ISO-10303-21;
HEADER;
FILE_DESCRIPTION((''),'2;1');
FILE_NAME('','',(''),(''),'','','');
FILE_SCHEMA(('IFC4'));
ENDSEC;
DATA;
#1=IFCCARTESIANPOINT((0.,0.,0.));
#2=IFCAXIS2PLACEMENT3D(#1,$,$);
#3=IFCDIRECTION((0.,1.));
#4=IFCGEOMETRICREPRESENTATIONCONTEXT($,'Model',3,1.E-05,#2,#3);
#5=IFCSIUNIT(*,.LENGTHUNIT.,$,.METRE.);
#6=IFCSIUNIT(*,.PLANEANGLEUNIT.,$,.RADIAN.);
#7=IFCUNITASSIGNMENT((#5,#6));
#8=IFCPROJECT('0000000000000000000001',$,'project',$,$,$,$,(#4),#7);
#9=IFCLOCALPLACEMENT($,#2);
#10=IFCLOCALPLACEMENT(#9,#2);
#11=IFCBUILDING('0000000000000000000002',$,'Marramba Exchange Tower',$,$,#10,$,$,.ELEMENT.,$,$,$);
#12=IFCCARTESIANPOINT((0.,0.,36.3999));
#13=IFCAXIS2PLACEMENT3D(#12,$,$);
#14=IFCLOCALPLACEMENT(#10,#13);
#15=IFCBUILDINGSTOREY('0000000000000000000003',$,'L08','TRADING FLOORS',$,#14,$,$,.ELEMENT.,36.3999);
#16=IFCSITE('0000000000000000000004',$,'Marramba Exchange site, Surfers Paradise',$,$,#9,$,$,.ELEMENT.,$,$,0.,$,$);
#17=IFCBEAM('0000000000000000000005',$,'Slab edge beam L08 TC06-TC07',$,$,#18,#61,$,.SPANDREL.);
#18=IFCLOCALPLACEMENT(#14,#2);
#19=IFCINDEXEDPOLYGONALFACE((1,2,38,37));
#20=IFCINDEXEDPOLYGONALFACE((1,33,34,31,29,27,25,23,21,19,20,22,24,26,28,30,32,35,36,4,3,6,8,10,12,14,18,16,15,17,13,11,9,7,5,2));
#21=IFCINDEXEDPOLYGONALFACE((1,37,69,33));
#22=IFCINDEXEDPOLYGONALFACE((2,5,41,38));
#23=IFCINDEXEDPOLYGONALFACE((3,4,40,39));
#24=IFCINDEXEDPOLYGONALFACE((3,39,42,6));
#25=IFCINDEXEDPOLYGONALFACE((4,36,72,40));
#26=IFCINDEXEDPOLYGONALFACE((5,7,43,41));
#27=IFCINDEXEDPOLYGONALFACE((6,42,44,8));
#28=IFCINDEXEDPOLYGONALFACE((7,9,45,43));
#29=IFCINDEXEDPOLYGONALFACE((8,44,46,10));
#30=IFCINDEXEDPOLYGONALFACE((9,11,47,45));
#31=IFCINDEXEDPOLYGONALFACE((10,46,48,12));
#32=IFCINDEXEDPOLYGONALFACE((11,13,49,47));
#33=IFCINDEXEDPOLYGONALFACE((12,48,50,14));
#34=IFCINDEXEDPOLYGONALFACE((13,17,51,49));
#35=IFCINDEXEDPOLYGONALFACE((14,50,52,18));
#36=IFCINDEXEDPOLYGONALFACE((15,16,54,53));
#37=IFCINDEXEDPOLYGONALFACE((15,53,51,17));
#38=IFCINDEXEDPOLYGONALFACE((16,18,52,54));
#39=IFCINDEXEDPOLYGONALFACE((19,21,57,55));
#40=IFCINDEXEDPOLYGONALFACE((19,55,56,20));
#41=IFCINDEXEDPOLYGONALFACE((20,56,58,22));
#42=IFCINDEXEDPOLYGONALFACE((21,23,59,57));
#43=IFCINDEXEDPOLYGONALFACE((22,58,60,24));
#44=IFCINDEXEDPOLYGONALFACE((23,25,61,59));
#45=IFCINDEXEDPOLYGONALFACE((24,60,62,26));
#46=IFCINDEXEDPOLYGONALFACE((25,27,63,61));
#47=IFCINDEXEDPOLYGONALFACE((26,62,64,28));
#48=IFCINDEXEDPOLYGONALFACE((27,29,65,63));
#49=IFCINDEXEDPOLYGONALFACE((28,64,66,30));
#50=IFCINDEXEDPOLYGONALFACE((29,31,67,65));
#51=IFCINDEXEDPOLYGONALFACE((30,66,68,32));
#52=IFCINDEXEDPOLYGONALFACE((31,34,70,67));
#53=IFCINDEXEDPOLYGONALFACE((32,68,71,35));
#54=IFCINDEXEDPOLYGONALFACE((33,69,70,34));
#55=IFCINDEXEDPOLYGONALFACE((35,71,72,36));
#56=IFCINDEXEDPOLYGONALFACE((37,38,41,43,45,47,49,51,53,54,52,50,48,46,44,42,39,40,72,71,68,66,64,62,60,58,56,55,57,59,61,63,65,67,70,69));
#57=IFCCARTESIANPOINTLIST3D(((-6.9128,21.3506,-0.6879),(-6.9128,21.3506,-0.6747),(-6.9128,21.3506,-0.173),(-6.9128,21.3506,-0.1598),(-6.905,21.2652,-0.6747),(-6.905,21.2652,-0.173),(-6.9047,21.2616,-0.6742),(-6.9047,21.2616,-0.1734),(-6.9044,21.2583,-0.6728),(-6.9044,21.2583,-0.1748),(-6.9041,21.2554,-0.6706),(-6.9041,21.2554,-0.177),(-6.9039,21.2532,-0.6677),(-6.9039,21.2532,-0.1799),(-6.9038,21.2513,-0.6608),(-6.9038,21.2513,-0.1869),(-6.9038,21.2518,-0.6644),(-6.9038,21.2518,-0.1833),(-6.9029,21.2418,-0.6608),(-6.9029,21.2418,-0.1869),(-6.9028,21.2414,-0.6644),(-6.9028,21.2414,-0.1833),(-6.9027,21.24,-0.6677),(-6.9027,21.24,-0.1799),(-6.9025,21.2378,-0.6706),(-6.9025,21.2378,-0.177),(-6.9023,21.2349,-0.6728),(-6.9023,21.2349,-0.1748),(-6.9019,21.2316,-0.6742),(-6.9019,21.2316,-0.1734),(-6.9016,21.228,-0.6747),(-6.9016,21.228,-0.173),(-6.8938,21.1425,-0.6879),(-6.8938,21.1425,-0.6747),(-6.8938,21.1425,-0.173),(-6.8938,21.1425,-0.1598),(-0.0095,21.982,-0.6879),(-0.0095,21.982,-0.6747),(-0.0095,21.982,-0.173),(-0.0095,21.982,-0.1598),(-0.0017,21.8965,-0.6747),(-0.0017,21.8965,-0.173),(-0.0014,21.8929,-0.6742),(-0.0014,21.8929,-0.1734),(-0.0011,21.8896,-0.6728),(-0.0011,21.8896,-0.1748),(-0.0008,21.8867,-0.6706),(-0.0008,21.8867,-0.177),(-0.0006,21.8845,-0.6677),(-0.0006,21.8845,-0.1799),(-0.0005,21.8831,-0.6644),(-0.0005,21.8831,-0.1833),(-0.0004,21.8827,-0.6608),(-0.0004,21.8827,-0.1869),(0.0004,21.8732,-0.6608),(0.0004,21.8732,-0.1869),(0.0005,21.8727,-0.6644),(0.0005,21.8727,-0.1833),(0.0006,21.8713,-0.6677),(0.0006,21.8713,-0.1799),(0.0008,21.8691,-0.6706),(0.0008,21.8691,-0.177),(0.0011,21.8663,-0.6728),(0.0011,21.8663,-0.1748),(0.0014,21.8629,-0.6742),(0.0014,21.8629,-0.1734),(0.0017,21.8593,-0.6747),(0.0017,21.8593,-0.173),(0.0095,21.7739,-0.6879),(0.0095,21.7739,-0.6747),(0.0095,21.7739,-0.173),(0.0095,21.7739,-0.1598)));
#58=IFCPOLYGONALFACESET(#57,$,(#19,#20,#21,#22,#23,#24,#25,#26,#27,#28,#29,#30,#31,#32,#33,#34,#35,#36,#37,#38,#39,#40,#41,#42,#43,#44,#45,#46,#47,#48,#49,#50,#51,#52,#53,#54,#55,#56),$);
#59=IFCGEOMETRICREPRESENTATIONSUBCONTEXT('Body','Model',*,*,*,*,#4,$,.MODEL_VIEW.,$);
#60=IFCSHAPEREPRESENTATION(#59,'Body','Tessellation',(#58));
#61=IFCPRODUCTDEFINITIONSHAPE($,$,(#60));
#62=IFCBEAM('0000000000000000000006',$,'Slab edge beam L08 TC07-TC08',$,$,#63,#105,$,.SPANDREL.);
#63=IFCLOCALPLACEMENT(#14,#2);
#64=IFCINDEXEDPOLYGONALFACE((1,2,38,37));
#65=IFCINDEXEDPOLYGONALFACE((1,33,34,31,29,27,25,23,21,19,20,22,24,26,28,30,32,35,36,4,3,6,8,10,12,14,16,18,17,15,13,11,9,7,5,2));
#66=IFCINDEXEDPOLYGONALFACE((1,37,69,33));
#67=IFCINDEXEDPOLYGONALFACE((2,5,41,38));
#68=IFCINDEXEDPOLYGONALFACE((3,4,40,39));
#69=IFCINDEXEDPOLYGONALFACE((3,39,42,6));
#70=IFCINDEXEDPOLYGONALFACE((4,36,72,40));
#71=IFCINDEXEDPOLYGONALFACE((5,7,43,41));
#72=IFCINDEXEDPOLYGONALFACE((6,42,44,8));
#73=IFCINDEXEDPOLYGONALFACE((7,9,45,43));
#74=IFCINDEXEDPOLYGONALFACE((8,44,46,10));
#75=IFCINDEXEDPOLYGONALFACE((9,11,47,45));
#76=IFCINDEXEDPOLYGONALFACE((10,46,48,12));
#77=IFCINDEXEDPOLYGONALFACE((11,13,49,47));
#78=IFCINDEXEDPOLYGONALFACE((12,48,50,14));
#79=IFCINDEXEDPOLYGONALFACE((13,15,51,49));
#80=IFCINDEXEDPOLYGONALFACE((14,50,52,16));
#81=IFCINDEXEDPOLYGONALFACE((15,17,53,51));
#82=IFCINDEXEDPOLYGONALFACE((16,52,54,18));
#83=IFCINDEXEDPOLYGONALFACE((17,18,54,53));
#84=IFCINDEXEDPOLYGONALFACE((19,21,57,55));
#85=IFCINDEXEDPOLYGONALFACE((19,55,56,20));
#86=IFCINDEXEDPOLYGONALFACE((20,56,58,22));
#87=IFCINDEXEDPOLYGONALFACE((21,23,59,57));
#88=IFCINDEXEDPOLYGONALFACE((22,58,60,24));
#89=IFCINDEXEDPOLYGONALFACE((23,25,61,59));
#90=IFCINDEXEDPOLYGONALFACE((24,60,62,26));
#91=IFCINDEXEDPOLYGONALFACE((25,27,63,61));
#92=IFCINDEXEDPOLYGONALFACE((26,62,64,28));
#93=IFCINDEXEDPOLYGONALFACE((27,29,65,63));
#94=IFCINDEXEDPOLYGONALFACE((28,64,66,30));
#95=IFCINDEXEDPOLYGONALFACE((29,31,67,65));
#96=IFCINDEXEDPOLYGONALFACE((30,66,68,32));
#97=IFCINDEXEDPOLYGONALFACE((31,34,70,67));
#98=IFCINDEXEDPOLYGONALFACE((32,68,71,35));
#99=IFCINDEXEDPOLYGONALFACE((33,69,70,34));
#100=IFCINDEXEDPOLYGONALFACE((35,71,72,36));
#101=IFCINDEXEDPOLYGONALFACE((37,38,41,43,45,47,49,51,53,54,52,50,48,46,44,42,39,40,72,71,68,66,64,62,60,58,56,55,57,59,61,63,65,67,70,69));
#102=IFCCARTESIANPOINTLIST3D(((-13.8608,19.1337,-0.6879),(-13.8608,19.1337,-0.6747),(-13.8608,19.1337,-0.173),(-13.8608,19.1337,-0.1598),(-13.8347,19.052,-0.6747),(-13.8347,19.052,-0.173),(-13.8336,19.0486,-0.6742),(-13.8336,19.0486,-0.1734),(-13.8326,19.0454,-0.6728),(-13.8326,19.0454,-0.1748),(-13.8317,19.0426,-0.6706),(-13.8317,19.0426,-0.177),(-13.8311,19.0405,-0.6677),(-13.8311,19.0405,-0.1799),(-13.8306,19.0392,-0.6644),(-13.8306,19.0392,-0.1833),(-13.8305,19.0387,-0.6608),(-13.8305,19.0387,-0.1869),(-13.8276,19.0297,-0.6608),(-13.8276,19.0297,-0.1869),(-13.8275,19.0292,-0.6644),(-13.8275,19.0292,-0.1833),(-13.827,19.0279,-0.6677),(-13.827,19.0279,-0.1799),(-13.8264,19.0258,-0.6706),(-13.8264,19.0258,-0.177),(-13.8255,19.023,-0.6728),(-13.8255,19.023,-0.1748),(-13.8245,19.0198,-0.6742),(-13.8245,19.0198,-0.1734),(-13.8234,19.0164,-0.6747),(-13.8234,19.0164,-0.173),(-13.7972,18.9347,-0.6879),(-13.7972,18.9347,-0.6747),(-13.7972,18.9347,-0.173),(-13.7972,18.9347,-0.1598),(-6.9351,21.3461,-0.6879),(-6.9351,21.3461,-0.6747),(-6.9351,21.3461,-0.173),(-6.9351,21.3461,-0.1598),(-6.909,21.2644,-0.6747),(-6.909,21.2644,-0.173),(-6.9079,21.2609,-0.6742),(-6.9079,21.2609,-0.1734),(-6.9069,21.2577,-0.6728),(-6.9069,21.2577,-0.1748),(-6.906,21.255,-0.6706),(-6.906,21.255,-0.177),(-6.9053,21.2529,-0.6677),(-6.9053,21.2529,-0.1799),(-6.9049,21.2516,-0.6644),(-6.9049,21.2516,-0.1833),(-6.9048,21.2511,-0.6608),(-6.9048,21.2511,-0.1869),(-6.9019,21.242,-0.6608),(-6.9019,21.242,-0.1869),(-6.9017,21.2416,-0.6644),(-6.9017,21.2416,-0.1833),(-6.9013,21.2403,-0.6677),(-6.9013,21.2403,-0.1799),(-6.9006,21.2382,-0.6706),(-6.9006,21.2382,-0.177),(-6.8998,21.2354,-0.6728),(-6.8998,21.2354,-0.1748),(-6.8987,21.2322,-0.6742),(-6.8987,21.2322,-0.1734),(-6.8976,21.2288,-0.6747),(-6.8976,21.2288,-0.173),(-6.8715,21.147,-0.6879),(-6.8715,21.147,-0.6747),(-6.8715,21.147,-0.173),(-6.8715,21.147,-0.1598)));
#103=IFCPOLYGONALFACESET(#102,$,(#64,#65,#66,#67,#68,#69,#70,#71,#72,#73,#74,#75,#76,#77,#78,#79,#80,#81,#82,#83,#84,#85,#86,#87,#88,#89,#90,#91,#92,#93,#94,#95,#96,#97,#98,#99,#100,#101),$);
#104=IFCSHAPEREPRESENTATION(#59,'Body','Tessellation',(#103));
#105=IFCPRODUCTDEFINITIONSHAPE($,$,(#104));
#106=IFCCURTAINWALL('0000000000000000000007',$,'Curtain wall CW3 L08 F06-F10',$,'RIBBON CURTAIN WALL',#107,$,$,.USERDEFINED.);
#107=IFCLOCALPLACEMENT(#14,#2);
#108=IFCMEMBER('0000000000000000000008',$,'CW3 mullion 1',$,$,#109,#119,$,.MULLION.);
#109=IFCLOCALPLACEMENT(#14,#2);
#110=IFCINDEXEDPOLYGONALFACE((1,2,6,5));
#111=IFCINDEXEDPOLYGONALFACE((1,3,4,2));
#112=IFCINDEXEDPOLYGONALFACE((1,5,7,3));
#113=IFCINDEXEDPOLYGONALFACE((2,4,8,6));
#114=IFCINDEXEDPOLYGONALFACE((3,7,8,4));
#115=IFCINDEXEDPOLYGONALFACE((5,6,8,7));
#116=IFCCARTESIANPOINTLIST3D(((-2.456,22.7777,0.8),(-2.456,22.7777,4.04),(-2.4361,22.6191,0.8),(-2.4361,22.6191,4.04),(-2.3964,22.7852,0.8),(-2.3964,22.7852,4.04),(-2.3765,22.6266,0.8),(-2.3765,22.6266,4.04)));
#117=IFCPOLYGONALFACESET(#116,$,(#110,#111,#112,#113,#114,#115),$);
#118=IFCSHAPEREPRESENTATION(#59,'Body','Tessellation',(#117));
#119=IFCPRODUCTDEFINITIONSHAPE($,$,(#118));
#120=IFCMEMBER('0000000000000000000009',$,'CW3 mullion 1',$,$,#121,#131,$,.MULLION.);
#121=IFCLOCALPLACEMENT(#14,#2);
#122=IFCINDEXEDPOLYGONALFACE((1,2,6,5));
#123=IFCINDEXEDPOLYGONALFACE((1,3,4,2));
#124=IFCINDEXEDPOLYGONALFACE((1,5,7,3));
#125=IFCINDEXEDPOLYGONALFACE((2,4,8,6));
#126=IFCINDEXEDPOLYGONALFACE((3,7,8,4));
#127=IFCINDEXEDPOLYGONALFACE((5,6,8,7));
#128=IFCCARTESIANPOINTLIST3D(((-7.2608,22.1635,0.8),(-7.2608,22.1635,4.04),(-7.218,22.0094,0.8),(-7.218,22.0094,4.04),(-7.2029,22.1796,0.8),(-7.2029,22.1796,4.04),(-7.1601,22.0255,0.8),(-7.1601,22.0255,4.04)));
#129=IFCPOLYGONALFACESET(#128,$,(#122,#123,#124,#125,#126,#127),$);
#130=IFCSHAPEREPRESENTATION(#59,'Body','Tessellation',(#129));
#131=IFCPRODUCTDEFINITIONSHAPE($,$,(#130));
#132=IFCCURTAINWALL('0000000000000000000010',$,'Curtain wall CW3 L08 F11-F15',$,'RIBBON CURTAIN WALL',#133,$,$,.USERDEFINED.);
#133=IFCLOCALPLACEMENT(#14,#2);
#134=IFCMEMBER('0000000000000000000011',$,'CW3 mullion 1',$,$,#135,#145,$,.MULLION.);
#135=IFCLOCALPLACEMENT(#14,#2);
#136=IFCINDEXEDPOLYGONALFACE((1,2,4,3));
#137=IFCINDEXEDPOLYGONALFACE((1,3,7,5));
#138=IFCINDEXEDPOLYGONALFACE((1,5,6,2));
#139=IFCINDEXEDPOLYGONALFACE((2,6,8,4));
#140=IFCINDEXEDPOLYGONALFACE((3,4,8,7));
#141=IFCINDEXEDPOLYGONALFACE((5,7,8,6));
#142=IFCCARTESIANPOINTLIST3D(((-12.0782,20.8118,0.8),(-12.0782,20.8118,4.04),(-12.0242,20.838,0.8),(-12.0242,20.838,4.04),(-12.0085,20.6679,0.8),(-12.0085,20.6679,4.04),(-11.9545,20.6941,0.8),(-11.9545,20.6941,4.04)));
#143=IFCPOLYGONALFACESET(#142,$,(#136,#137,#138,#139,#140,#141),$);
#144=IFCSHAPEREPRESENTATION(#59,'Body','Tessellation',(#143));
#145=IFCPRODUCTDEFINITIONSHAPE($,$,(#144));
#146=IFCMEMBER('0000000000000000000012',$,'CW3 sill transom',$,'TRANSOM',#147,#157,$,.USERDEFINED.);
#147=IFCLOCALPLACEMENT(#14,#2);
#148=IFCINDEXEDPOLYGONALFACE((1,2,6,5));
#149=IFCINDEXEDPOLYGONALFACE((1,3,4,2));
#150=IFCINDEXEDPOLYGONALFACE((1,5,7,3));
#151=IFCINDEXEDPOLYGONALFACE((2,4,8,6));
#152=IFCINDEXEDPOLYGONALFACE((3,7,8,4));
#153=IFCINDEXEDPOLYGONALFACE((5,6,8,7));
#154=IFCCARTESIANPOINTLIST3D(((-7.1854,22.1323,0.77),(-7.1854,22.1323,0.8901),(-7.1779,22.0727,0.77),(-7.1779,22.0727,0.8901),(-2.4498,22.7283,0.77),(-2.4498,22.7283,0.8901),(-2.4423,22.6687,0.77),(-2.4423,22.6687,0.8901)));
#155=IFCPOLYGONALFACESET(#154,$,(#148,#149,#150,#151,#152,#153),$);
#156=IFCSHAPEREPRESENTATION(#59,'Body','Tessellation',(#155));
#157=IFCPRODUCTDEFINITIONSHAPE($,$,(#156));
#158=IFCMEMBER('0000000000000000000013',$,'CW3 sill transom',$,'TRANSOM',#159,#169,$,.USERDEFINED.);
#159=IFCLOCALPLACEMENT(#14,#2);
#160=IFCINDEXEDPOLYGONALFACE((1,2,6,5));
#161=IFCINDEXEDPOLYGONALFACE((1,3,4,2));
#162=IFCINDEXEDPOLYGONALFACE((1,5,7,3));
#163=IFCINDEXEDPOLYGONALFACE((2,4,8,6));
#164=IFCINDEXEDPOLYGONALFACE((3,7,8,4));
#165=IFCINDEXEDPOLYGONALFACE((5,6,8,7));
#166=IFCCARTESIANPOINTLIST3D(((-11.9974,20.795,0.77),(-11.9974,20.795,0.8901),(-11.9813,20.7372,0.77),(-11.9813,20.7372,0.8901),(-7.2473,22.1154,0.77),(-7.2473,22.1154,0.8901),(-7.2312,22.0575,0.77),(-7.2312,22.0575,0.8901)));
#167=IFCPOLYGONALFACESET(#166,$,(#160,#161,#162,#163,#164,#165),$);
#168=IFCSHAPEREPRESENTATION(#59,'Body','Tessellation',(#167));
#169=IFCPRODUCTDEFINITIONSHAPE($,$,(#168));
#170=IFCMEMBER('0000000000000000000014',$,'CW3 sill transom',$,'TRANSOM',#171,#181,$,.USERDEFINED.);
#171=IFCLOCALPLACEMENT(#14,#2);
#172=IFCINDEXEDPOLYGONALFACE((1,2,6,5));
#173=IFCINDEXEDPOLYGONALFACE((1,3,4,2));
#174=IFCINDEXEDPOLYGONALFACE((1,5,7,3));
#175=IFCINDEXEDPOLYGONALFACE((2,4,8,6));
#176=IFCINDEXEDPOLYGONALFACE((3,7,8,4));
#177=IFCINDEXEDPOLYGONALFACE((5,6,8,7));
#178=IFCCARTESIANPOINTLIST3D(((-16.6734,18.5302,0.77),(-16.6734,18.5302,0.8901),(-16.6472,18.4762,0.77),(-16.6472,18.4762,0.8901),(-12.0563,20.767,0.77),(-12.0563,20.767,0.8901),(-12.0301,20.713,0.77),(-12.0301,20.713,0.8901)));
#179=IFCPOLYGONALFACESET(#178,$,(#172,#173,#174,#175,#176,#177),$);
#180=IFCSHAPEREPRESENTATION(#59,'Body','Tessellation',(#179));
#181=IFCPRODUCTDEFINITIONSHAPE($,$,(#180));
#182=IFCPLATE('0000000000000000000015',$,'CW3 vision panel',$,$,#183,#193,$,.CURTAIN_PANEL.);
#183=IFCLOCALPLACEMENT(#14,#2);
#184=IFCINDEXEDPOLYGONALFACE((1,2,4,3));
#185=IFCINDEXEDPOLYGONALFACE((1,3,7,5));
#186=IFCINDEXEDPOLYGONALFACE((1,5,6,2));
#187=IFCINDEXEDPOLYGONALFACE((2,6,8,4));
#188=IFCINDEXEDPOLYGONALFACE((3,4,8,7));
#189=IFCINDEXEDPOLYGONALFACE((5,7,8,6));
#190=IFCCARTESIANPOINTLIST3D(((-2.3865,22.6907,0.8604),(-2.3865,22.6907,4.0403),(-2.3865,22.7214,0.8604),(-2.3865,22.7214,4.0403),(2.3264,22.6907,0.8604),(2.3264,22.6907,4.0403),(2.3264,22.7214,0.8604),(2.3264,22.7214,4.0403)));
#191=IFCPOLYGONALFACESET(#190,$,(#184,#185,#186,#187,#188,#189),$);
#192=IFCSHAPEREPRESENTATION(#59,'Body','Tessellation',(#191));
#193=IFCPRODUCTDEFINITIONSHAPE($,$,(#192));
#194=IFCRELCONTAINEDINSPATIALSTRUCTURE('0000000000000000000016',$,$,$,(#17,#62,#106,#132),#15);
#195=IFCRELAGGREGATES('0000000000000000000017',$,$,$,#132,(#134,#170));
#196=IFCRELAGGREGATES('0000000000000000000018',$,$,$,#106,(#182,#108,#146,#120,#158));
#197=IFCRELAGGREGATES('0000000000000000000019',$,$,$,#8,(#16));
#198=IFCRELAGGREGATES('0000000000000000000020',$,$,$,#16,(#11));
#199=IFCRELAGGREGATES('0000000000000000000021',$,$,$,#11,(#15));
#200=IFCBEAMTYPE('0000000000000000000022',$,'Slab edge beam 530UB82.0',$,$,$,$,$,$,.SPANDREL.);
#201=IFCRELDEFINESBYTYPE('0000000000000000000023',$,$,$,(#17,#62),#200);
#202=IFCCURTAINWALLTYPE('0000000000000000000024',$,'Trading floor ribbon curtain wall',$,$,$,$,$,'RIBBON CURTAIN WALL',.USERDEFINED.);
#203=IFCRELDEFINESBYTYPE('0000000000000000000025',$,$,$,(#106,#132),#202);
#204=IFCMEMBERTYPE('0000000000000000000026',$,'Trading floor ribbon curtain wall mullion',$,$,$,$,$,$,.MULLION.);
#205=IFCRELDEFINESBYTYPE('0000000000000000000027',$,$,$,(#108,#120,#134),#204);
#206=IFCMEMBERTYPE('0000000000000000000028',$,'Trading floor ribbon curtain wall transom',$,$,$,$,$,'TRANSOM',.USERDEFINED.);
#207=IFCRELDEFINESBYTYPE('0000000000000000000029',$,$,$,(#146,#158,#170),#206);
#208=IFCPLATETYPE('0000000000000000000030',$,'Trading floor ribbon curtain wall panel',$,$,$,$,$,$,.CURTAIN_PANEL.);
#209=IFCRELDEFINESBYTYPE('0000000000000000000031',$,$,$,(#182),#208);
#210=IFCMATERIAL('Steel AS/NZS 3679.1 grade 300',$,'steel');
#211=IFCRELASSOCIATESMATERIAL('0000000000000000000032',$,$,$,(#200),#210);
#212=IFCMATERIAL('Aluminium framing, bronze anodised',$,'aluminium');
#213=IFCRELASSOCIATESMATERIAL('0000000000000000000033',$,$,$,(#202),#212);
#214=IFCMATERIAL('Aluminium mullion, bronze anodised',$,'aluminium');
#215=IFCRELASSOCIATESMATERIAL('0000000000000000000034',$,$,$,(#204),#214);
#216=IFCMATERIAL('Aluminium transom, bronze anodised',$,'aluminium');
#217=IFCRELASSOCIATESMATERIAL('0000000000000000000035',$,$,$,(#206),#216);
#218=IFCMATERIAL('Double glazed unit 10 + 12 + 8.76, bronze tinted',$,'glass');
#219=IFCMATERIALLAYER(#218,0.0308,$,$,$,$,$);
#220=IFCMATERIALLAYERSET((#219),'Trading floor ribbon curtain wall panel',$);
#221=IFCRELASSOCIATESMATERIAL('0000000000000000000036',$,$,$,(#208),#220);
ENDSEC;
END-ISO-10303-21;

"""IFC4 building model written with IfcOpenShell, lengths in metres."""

from ifc_helpers import new_model, si_unit, direction, frame, origin, origin_2d, place, context, subcontext, project, spatial, rectangle, i_section, extrude, material, layer, layer_set, material_profile, profile_set, type_object, element, aggregate, save


model = new_model("IFC4")

# Units and contexts
model_context = context("Model", 3, precision=1e-05, world=origin(), true_north=direction((0.0, 1.0)))
body_context = subcontext(model_context, "Body", "Model", "MODEL_VIEW")
ifc_project = project(units=[si_unit("LENGTHUNIT", "METRE"), si_unit("PLANEANGLEUNIT", "RADIAN")], contexts=[model_context])

# Site, building, storey
site_placement = place(None, origin())
site = spatial("IfcSite", under=ifc_project, at=site_placement, Name="Marramba Exchange site, Surfers Paradise", CompositionType="ELEMENT", RefElevation=0.0)
building_placement = place(site_placement, origin())
building = spatial("IfcBuilding", under=site, at=building_placement, Name="Marramba Exchange Tower", CompositionType="ELEMENT")
storey_placement = place(building_placement, frame((0.0, 0.0, 36.3999)))
storey = spatial("IfcBuildingStorey", under=building, at=storey_placement, Name="L08", Description="TRADING FLOORS", CompositionType="ELEMENT", Elevation=36.3999)

# Beams
ifc_material_1 = material(Name="Steel AS/NZS 3679.1 grade 300", Category="steel")
ifc_material_profile_1 = material_profile(ifc_material_1, i_section(OverallWidth=0.209, OverallDepth=0.5281, WebThickness=0.0095, FlangeThickness=0.0132, FilletRadius=0.0139, at=origin_2d()), Name="530UB82.0")
ifc_profile_set_1 = profile_set([ifc_material_profile_1], Name="Steel AS/NZS 3679.1 grade 300")
beam_type_1 = type_object("IfcBeamType", Name="Slab edge beam 530UB82.0", PredefinedType="SPANDREL", material=ifc_profile_set_1)
beam_1_placement = place(storey_placement, frame((0.0, 21.8779, -0.4238), z_axis=(-0.995844, -0.091076, 0.0), x_axis=(0.091076, -0.995844, 0.0)))
element("IfcBeam", 1, at=beam_1_placement, inside=storey, type_object=beam_type_1, Name="Slab edge beam L08 TC06-TC07", PredefinedType="SPANDREL", context=body_context, shape_type="SweptSolid", body=[
    extrude(i_section(OverallWidth=0.209, OverallDepth=0.5281, WebThickness=0.0095, FlangeThickness=0.0132, FilletRadius=0.0139, at=origin_2d()), origin(), (0.0, 0.0, 1.0), 6.9321),
])
beam_2_placement = place(storey_placement, frame((-6.9033, 21.2466, -0.4238), z_axis=(-0.952578, -0.304296, 0.0), x_axis=(0.304296, -0.952578, 0.0)))
element("IfcBeam", 2, at=beam_2_placement, inside=storey, type_object=beam_type_1, Name="Slab edge beam L08 TC07-TC08", PredefinedType="SPANDREL", context=body_context, shape_type="SweptSolid", body=[
    extrude(i_section(OverallWidth=0.209, OverallDepth=0.5281, WebThickness=0.0095, FlangeThickness=0.0132, FilletRadius=0.0139, at=origin_2d()), origin(), (0.0, 0.0, 1.0), 7.2705),
])

# Curtain wall, members
ifc_material_2 = material(Name="Aluminium framing, bronze anodised", Category="aluminium")
curtain_wall_type = type_object("IfcCurtainWallType", Name="Trading floor ribbon curtain wall", ElementType="RIBBON CURTAIN WALL", PredefinedType="USERDEFINED", material=ifc_material_2)
curtain_wall_1_placement = place(storey_placement, origin())
curtain_wall_1 = element("IfcCurtainWall", 3, at=curtain_wall_1_placement, inside=storey, type_object=curtain_wall_type, Name="Curtain wall CW3 L08 F06-F10", ObjectType="RIBBON CURTAIN WALL", PredefinedType="USERDEFINED")
ifc_material_3 = material(Name="Aluminium mullion, bronze anodised", Category="aluminium")
ifc_material_profile_2 = material_profile(ifc_material_3, rectangle(XDim=0.1599, YDim=0.0601, at=origin_2d()), Name="CW3 mullion 60x160")
ifc_profile_set_2 = profile_set([ifc_material_profile_2], Name="Aluminium mullion, bronze anodised")
member_type_1 = type_object("IfcMemberType", Name="Trading floor ribbon curtain wall mullion", PredefinedType="MULLION", material=ifc_profile_set_2)
member_1_placement = place(storey_placement, frame((-2.4163, 22.7021, 0.8), z_axis=(0.0, 0.0, 1.0), x_axis=(0.124873, -0.992173, 0.0)))
member_1 = element("IfcMember", 4, at=member_1_placement, type_object=member_type_1, Name="CW3 mullion 1", PredefinedType="MULLION", context=body_context, shape_type="SweptSolid", body=[
    extrude(rectangle(XDim=0.1599, YDim=0.0601, at=origin_2d()), origin(), (0.0, 0.0, 1.0), 3.24),
])
member_2_placement = place(storey_placement, frame((-7.2104, 22.0945, 0.8), z_axis=(0.0, 0.0, 1.0), x_axis=(0.267809, -0.963472, 0.0)))
member_2 = element("IfcMember", 5, at=member_2_placement, type_object=member_type_1, Name="CW3 mullion 1", PredefinedType="MULLION", context=body_context, shape_type="SweptSolid", body=[
    extrude(rectangle(XDim=0.1599, YDim=0.0601, at=origin_2d()), origin(), (0.0, 0.0, 1.0), 3.24),
])

# Curtain wall, member
curtain_wall_2_placement = place(storey_placement, origin())
curtain_wall_2 = element("IfcCurtainWall", 6, at=curtain_wall_2_placement, inside=storey, type_object=curtain_wall_type, Name="Curtain wall CW3 L08 F11-F15", ObjectType="RIBBON CURTAIN WALL", PredefinedType="USERDEFINED")
member_3_placement = place(storey_placement, frame((-12.0164, 20.7529, 0.8), z_axis=(0.0, 0.0, 1.0), x_axis=(0.435965, -0.899963, 0.0)))
member_3 = element("IfcMember", 7, at=member_3_placement, type_object=member_type_1, Name="CW3 mullion 1", PredefinedType="MULLION", context=body_context, shape_type="SweptSolid", body=[
    extrude(rectangle(XDim=0.1599, YDim=0.0601, at=origin_2d()), origin(), (0.0, 0.0, 1.0), 3.24),
])

# Members
ifc_material_4 = material(Name="Aluminium transom, bronze anodised", Category="aluminium")
ifc_material_profile_3 = material_profile(ifc_material_4, rectangle(XDim=0.0601, YDim=0.1201, at=origin_2d()), Name="CW3 transom 60x120")
ifc_profile_set_3 = profile_set([ifc_material_profile_3], Name="Aluminium transom, bronze anodised")
member_type_2 = type_object("IfcMemberType", Name="Trading floor ribbon curtain wall transom", ElementType="TRANSOM", PredefinedType="USERDEFINED", material=ifc_profile_set_3)
member_4_placement = place(storey_placement, frame((-2.446, 22.6985, 0.8301), z_axis=(-0.992174, -0.124859, 0.0), x_axis=(0.124859, -0.992174, 0.0)))
member_4 = element("IfcMember", 8, at=member_4_placement, type_object=member_type_2, Name="CW3 sill transom", ObjectType="TRANSOM", PredefinedType="USERDEFINED", context=body_context, shape_type="SweptSolid", body=[
    extrude(rectangle(XDim=0.0601, YDim=0.1201, at=origin_2d()), origin(), (0.0, 0.0, 1.0), 4.7729),
])
member_5_placement = place(storey_placement, frame((-7.2393, 22.0864, 0.8301), z_axis=(-0.963472, -0.267807, 0.0), x_axis=(0.267807, -0.963472, 0.0)))
member_5 = element("IfcMember", 9, at=member_5_placement, type_object=member_type_2, Name="CW3 sill transom", ObjectType="TRANSOM", PredefinedType="USERDEFINED", context=body_context, shape_type="SweptSolid", body=[
    extrude(rectangle(XDim=0.0601, YDim=0.1201, at=origin_2d()), origin(), (0.0, 0.0, 1.0), 4.9302),
])
member_6_placement = place(storey_placement, frame((-12.0432, 20.74, 0.8301), z_axis=(-0.899953, -0.435986, 0.0), x_axis=(0.435986, -0.899953, 0.0)))
member_6 = element("IfcMember", 10, at=member_6_placement, type_object=member_type_2, Name="CW3 sill transom", ObjectType="TRANSOM", PredefinedType="USERDEFINED", context=body_context, shape_type="SweptSolid", body=[
    extrude(rectangle(XDim=0.0601, YDim=0.1201, at=origin_2d()), origin(), (0.0, 0.0, 1.0), 5.1304),
])
aggregate(curtain_wall_2, [member_3, member_6])

# Plate
ifc_material_5 = material(Name="Double glazed unit 10 + 12 + 8.76, bronze tinted", Category="glass")
ifc_layer_1 = layer(ifc_material_5, 0.0308)
ifc_layer_set_1 = layer_set([ifc_layer_1], Name="Trading floor ribbon curtain wall panel")
plate_type = type_object("IfcPlateType", Name="Trading floor ribbon curtain wall panel", PredefinedType="CURTAIN_PANEL", material=ifc_layer_set_1)
plate_1_placement = place(storey_placement, frame((-0.03, 22.7061, 0.8604), z_axis=(0.0, 0.0, 1.0), x_axis=(-1.0, 0.0, 0.0)))
plate_1 = element("IfcPlate", 11, at=plate_1_placement, type_object=plate_type, Name="CW3 vision panel", PredefinedType="CURTAIN_PANEL", context=body_context, shape_type="SweptSolid", body=[
    extrude(rectangle(XDim=4.7129, YDim=0.0308, at=origin_2d()), origin(), (0.0, 0.0, 1.0), 3.1799),
])
aggregate(curtain_wall_1, [plate_1, member_1, member_4, member_2, member_5])

save(model, "model.ifc")
